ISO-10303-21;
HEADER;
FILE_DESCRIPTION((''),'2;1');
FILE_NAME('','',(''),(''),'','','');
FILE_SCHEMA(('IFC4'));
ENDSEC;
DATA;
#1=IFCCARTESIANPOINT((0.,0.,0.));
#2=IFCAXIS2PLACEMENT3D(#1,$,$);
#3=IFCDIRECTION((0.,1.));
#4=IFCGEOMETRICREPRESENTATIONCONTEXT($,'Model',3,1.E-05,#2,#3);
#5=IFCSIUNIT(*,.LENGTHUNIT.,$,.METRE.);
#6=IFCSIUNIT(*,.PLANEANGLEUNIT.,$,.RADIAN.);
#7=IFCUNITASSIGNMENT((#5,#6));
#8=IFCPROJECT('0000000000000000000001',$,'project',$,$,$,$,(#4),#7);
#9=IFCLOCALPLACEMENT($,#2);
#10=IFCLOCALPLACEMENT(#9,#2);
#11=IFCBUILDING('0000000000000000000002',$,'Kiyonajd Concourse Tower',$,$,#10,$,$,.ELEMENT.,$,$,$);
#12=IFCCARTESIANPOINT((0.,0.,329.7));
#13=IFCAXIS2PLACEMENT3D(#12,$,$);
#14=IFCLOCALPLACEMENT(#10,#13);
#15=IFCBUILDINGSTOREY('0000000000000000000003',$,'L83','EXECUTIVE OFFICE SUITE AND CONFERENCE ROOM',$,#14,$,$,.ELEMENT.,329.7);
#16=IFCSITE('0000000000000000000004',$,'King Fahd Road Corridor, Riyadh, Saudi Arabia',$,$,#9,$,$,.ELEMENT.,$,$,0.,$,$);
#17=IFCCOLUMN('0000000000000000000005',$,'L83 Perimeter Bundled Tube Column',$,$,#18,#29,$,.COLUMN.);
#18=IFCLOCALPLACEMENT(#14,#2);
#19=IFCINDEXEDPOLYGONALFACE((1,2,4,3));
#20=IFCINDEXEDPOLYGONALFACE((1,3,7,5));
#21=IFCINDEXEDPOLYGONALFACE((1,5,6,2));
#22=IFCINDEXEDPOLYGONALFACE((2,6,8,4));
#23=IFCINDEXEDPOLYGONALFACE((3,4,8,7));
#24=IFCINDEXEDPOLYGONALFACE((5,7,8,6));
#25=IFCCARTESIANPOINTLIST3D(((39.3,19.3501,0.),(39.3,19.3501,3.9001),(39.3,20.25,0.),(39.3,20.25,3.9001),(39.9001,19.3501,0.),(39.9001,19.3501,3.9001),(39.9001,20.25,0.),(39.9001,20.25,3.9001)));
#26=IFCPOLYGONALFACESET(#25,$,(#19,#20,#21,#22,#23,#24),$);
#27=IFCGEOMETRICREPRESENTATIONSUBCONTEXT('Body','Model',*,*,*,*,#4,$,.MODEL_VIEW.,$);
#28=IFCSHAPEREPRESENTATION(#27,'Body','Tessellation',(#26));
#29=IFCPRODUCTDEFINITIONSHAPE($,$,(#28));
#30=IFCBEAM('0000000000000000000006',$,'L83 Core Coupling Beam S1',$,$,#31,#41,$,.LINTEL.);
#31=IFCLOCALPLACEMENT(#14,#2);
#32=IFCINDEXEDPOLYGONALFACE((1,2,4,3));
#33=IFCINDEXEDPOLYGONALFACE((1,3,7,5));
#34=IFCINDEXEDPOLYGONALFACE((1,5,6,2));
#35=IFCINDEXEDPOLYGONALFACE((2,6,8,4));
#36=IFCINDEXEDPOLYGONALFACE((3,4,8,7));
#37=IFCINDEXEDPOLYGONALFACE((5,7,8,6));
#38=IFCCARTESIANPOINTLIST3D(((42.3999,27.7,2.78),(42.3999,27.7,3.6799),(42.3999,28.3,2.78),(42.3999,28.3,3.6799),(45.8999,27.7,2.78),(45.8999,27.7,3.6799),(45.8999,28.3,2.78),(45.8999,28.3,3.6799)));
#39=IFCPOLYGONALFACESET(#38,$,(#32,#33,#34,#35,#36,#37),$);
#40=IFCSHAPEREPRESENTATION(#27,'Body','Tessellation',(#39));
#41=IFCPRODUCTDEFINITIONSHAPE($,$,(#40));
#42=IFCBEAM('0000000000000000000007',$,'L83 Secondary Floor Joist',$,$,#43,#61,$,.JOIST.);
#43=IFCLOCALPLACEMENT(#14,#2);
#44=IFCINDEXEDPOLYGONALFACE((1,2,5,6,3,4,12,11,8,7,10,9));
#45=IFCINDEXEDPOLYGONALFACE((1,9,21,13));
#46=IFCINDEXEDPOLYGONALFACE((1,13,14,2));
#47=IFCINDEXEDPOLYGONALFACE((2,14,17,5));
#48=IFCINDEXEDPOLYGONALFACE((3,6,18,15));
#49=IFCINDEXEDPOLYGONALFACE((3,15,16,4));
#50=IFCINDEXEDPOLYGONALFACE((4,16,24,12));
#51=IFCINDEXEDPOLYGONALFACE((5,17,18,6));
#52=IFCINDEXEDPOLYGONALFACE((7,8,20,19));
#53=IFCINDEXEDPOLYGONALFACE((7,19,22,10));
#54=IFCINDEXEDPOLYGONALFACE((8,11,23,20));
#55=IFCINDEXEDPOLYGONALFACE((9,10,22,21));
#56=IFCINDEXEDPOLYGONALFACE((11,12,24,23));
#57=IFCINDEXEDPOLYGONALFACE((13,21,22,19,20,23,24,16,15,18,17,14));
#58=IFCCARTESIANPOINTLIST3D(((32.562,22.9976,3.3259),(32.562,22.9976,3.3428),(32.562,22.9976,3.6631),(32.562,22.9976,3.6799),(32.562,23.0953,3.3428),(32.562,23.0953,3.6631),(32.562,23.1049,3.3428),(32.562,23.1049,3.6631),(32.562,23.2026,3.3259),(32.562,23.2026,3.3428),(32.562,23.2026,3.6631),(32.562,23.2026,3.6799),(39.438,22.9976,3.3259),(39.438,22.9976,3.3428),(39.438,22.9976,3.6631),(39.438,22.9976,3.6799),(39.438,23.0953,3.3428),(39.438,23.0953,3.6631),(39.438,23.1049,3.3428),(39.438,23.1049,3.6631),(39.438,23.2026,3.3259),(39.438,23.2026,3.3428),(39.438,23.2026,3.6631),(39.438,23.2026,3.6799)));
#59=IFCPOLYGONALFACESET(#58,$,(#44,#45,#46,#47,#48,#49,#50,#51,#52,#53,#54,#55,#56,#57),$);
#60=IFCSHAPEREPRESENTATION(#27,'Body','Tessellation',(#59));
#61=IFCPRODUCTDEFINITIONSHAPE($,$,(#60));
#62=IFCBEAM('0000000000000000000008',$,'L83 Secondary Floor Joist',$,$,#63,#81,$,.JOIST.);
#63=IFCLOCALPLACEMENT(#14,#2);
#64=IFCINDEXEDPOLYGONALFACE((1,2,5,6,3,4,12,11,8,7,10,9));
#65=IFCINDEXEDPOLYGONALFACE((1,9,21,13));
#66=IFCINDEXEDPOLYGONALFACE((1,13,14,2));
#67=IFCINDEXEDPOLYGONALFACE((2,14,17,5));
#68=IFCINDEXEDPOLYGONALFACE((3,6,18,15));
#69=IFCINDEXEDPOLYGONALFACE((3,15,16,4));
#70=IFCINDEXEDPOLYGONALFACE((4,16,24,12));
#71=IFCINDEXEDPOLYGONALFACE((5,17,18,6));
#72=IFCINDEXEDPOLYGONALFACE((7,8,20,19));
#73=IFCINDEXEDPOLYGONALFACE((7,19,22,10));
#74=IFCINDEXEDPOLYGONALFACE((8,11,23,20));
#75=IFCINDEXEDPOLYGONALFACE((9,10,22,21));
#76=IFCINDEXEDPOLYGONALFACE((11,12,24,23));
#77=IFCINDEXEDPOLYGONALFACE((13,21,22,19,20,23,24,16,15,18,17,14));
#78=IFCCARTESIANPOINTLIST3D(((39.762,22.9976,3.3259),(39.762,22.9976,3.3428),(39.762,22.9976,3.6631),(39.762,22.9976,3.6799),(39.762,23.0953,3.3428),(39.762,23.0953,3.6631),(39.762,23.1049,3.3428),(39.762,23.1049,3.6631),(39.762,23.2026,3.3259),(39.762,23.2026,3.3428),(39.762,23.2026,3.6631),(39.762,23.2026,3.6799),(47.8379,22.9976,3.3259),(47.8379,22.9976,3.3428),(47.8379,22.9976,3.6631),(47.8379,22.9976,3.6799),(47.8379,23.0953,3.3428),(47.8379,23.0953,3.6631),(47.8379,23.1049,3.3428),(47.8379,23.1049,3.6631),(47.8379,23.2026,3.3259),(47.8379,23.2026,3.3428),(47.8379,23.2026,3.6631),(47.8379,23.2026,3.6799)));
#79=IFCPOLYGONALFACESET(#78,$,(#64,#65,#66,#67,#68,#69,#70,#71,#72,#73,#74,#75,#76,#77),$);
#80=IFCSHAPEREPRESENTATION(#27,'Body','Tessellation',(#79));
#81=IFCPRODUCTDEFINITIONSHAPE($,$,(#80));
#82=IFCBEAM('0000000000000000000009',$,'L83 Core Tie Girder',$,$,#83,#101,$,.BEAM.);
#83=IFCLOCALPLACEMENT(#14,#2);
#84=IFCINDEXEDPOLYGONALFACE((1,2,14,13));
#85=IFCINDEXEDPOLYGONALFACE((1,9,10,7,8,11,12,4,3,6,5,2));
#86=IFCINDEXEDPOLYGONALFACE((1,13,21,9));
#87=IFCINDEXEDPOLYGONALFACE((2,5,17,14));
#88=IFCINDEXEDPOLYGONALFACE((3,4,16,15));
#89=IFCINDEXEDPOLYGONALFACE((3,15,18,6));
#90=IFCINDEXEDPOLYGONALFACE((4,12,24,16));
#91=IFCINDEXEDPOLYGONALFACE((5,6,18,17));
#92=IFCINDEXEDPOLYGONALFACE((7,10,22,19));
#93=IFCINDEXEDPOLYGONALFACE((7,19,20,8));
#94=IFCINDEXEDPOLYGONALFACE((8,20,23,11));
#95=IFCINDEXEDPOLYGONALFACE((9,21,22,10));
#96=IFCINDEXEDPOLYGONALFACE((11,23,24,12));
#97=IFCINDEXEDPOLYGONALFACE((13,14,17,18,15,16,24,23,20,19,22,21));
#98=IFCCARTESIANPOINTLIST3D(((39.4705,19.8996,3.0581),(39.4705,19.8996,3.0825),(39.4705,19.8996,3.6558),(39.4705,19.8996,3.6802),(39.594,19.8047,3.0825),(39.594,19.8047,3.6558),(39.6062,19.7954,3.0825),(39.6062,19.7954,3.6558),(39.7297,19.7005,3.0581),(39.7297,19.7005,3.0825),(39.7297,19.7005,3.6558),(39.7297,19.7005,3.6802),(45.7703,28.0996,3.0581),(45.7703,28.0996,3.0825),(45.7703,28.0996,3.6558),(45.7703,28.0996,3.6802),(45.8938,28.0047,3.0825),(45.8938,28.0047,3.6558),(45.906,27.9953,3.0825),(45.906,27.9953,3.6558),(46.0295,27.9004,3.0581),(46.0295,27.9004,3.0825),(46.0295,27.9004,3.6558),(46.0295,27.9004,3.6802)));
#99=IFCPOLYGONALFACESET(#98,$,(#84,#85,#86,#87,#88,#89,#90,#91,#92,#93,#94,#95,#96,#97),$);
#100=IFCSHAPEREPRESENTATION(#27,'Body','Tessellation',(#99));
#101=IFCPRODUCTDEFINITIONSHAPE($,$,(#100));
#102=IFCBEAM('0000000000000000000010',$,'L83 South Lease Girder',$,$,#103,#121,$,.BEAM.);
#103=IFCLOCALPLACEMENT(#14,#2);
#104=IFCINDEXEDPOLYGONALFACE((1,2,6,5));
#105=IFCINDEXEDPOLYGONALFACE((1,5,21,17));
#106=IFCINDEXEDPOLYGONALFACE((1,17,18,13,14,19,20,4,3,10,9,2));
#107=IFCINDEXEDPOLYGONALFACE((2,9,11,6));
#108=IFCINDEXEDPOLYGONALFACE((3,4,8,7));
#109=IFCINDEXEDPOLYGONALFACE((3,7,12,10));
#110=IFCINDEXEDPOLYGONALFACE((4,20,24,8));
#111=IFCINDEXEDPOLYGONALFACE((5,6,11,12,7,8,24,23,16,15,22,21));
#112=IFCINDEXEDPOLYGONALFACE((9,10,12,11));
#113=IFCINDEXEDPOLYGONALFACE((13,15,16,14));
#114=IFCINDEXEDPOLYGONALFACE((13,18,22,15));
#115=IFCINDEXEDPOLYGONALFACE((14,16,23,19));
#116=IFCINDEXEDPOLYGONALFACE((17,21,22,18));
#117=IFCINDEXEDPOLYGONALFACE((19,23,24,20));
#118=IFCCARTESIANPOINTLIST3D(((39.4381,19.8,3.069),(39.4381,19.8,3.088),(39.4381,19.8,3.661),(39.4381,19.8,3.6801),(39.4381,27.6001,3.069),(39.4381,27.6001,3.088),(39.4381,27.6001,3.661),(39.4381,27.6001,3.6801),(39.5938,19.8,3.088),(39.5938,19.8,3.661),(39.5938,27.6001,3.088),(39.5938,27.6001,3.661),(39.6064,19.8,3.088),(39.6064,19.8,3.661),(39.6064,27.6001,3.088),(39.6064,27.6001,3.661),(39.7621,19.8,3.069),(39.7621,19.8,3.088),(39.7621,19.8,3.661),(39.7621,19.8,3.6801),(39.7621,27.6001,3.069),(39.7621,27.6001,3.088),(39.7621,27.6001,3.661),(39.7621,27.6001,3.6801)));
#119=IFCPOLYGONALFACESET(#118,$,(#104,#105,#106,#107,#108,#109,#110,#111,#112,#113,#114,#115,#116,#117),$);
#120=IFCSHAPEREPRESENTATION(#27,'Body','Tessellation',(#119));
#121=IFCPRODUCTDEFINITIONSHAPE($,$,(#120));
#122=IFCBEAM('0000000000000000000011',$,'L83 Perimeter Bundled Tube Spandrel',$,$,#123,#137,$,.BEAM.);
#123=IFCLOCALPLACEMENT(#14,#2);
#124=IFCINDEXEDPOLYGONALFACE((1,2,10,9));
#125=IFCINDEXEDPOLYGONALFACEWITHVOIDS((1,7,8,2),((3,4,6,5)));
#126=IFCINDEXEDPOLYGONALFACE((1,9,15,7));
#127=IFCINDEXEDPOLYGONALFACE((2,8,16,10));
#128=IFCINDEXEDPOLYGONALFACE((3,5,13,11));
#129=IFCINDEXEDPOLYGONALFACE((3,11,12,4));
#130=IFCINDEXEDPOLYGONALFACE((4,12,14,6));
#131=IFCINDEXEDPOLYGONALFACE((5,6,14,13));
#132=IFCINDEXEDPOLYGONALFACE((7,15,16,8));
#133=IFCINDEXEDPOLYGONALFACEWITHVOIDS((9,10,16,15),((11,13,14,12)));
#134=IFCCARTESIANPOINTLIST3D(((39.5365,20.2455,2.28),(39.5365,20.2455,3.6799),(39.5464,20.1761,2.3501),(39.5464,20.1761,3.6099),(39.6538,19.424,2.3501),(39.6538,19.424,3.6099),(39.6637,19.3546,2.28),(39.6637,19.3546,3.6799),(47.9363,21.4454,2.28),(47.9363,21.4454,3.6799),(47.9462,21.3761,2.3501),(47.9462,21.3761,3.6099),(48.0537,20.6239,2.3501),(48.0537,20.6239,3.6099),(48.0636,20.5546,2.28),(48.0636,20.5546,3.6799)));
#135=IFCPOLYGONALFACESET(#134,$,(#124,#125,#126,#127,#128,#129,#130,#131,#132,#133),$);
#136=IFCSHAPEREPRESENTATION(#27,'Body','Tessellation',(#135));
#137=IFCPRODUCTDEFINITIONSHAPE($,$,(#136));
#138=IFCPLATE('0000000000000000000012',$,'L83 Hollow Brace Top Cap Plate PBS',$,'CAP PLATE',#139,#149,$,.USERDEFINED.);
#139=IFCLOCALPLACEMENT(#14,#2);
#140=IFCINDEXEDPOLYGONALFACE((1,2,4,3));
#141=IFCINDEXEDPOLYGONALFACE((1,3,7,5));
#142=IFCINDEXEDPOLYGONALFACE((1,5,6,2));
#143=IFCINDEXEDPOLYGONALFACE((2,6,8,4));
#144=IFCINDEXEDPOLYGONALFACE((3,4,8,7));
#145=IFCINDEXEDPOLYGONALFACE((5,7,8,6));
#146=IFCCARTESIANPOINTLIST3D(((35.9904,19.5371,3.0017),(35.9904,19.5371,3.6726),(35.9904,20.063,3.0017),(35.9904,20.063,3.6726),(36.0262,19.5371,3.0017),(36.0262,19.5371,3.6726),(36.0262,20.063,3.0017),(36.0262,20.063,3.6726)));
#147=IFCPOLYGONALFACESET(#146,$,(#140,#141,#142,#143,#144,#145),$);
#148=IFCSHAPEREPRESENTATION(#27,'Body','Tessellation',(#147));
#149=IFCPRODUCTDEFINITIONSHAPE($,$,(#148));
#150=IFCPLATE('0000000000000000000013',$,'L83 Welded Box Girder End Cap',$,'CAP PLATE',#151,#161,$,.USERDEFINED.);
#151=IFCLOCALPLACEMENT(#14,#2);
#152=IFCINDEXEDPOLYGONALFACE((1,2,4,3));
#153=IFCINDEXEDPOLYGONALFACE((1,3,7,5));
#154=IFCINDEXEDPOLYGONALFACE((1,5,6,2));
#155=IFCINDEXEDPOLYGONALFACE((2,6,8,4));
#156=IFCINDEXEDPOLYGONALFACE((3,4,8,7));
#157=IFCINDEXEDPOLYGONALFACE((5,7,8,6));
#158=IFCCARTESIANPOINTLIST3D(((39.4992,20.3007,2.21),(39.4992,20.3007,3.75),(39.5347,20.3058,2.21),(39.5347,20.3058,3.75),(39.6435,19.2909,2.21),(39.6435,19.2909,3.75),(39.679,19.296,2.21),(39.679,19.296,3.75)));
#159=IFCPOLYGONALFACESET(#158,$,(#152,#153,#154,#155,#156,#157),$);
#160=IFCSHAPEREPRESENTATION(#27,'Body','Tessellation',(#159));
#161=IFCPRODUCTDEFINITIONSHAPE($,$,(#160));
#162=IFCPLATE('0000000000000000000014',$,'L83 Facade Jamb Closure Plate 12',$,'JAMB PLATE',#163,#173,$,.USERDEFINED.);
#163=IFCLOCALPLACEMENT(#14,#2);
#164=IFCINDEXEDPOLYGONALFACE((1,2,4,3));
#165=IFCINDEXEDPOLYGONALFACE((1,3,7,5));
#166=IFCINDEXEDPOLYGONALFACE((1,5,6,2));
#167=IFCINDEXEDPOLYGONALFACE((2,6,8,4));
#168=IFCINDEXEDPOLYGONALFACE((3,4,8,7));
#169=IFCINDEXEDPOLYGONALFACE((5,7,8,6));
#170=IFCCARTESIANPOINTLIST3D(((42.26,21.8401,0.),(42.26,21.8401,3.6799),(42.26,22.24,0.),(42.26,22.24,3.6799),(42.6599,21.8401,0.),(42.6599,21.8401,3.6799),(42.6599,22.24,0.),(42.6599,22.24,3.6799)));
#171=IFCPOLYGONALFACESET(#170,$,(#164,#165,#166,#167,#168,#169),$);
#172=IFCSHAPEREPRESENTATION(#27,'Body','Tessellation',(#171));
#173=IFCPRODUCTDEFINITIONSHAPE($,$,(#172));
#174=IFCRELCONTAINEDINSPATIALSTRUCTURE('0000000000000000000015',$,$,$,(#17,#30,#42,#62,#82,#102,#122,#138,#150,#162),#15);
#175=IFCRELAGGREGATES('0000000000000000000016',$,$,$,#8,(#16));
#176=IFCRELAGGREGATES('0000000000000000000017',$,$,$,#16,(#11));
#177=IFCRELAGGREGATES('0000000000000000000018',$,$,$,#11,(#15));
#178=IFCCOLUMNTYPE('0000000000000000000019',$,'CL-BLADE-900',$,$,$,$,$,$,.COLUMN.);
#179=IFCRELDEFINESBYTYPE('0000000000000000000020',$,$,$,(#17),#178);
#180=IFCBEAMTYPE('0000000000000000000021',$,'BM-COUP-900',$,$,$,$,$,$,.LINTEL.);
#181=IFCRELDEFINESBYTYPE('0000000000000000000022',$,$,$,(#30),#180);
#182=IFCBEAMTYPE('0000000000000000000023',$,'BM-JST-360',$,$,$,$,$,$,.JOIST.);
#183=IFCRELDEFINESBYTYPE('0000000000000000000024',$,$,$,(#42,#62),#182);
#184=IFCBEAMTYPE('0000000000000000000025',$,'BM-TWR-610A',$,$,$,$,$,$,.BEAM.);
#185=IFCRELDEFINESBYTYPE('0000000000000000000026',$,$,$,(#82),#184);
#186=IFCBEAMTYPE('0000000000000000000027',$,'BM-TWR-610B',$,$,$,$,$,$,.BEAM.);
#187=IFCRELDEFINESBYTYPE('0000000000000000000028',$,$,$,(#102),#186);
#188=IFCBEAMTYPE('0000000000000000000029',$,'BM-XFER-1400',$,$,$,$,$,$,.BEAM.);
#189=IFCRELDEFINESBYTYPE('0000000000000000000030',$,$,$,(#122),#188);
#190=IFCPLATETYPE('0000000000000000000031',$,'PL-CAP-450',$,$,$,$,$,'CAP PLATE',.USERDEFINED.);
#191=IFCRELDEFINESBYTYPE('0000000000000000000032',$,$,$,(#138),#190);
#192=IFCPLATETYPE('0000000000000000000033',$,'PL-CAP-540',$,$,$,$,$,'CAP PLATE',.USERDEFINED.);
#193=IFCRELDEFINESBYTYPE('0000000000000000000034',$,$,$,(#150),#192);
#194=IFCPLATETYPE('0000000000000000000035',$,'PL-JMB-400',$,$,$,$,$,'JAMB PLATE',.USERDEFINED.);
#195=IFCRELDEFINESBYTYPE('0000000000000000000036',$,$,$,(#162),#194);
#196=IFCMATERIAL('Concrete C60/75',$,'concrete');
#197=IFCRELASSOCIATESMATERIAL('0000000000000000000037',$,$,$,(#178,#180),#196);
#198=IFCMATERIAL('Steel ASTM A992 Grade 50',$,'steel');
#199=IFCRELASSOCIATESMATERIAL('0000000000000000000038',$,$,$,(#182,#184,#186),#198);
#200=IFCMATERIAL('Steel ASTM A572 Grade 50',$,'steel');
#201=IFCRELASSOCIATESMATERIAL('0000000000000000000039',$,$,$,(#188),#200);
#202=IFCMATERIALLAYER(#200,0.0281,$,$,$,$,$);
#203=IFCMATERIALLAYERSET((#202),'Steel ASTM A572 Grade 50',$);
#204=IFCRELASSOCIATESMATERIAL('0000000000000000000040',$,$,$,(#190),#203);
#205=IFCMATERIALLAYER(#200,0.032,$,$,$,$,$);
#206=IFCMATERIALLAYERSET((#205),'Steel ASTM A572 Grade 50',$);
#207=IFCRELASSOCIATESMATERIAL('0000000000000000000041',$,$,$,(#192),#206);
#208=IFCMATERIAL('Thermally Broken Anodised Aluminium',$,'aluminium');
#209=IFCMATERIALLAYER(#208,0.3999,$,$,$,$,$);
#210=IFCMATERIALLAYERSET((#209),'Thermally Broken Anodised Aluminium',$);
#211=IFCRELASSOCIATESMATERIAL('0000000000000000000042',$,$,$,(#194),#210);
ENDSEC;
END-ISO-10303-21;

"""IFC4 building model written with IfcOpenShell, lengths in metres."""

from ifc_helpers import new_model, si_unit, direction, frame, origin, origin_2d, place, context, subcontext, project, spatial, rectangle, hollow_rectangle, i_section, extrude, material, layer, layer_set, material_profile, profile_set, type_object, element, save


model = new_model("IFC4")

# Units and contexts
model_context = context("Model", 3, precision=1e-05, world=origin(), true_north=direction((0.0, 1.0)))
body_context = subcontext(model_context, "Body", "Model", "MODEL_VIEW")
ifc_project = project(units=[si_unit("LENGTHUNIT", "METRE"), si_unit("PLANEANGLEUNIT", "RADIAN")], contexts=[model_context])

# Site, building, storey
site_placement = place(None, origin())
site = spatial("IfcSite", under=ifc_project, at=site_placement, Name="King Fahd Road Corridor, Riyadh, Saudi Arabia", CompositionType="ELEMENT", RefElevation=0.0)
building_placement = place(site_placement, origin())
building = spatial("IfcBuilding", under=site, at=building_placement, Name="Kiyonajd Concourse Tower", CompositionType="ELEMENT")
storey_placement = place(building_placement, frame((0.0, 0.0, 329.7)))
storey = spatial("IfcBuildingStorey", under=building, at=storey_placement, Name="L83", Description="EXECUTIVE OFFICE SUITE AND CONFERENCE ROOM", CompositionType="ELEMENT", Elevation=329.7)

# Column
ifc_material_1 = material(Name="Concrete C60/75", Category="concrete")
ifc_material_profile_1 = material_profile(ifc_material_1, rectangle(XDim=0.6001, YDim=0.8999, at=origin_2d()), Name="RC-900x600")
ifc_profile_set_1 = profile_set([ifc_material_profile_1], Name="Concrete C60/75")
column_type = type_object("IfcColumnType", Name="CL-BLADE-900", PredefinedType="COLUMN", material=ifc_profile_set_1)
column_placement = place(storey_placement, frame((39.6001, 19.8, 0.0), z_axis=(0.0, 0.0, 1.0), x_axis=(1.0, 0.0, 0.0)))
element("IfcColumn", 1, at=column_placement, inside=storey, type_object=column_type, Name="L83 Perimeter Bundled Tube Column", PredefinedType="COLUMN", context=body_context, shape_type="SweptSolid", body=[
    extrude(rectangle(XDim=0.6001, YDim=0.8999, at=origin_2d()), origin(), (0.0, 0.0, 1.0), 3.9001),
])

# Beams
ifc_material_profile_2 = material_profile(ifc_material_1, rectangle(XDim=0.6001, YDim=0.8999, at=origin_2d()), Name="RCBM-600x900")
ifc_profile_set_2 = profile_set([ifc_material_profile_2], Name="Concrete C60/75")
beam_type_1 = type_object("IfcBeamType", Name="BM-COUP-900", PredefinedType="LINTEL", material=ifc_profile_set_2)
beam_1_placement = place(storey_placement, frame((42.3999, 28.0, 3.23), z_axis=(1.0, 0.0, 0.0), x_axis=(0.0, 1.0, 0.0)))
element("IfcBeam", 2, at=beam_1_placement, inside=storey, type_object=beam_type_1, Name="L83 Core Coupling Beam S1", PredefinedType="LINTEL", context=body_context, shape_type="SweptSolid", body=[
    extrude(rectangle(XDim=0.6001, YDim=0.8999, at=origin_2d()), origin(), (0.0, 0.0, 1.0), 3.5),
])
ifc_material_2 = material(Name="Steel ASTM A992 Grade 50", Category="steel")
ifc_material_profile_3 = material_profile(ifc_material_2, i_section(OverallWidth=0.2051, OverallDepth=0.354, WebThickness=0.0095, FlangeThickness=0.0168, at=origin_2d()), Name="W360X79")
ifc_profile_set_3 = profile_set([ifc_material_profile_3], Name="Steel ASTM A992 Grade 50")
beam_type_2 = type_object("IfcBeamType", Name="BM-JST-360", PredefinedType="JOIST", material=ifc_profile_set_3)
beam_2_placement = place(storey_placement, frame((32.562, 23.1001, 3.5029), z_axis=(1.0, 0.0, 0.0), x_axis=(0.0, 1.0, 0.0)))
element("IfcBeam", 3, at=beam_2_placement, inside=storey, type_object=beam_type_2, Name="L83 Secondary Floor Joist", PredefinedType="JOIST", context=body_context, shape_type="SweptSolid", body=[
    extrude(i_section(OverallWidth=0.2051, OverallDepth=0.354, WebThickness=0.0095, FlangeThickness=0.0168, at=origin_2d()), origin(), (0.0, 0.0, 1.0), 6.876),
])
beam_3_placement = place(storey_placement, frame((39.762, 23.1001, 3.5029), z_axis=(1.0, 0.0, 0.0), x_axis=(0.0, 1.0, 0.0)))
element("IfcBeam", 4, at=beam_3_placement, inside=storey, type_object=beam_type_2, Name="L83 Secondary Floor Joist", PredefinedType="JOIST", context=body_context, shape_type="SweptSolid", body=[
    extrude(i_section(OverallWidth=0.2051, OverallDepth=0.354, WebThickness=0.0095, FlangeThickness=0.0168, at=origin_2d()), origin(), (0.0, 0.0, 1.0), 8.0759),
])
ifc_material_profile_4 = material_profile(ifc_material_2, i_section(OverallWidth=0.3269, OverallDepth=0.6221, WebThickness=0.0154, FlangeThickness=0.0244, at=origin_2d()), Name="W610X195")
ifc_profile_set_4 = profile_set([ifc_material_profile_4], Name="Steel ASTM A992 Grade 50")
beam_type_3 = type_object("IfcBeamType", Name="BM-TWR-610A", PredefinedType="BEAM", material=ifc_profile_set_4)
beam_4_placement = place(storey_placement, frame((39.6001, 19.8, 3.3691), z_axis=(0.609234, 0.792991, 0.0), x_axis=(-0.792991, 0.609234, 0.0)))
element("IfcBeam", 5, at=beam_4_placement, inside=storey, type_object=beam_type_3, Name="L83 Core Tie Girder", PredefinedType="BEAM", context=body_context, shape_type="SweptSolid", body=[
    extrude(i_section(OverallWidth=0.3269, OverallDepth=0.6221, WebThickness=0.0154, FlangeThickness=0.0244, at=origin_2d()), origin(), (0.0, 0.0, 1.0), 10.3406),
])
ifc_material_profile_5 = material_profile(ifc_material_2, i_section(OverallWidth=0.324, OverallDepth=0.6111, WebThickness=0.0127, FlangeThickness=0.019, at=origin_2d()), Name="W610X155")
ifc_profile_set_5 = profile_set([ifc_material_profile_5], Name="Steel ASTM A992 Grade 50")
beam_type_4 = type_object("IfcBeamType", Name="BM-TWR-610B", PredefinedType="BEAM", material=ifc_profile_set_5)
beam_5_placement = place(storey_placement, frame((39.6001, 19.8, 3.3745), z_axis=(0.0, 1.0, 0.0), x_axis=(-1.0, 0.0, 0.0)))
element("IfcBeam", 6, at=beam_5_placement, inside=storey, type_object=beam_type_4, Name="L83 South Lease Girder", PredefinedType="BEAM", context=body_context, shape_type="SweptSolid", body=[
    extrude(i_section(OverallWidth=0.324, OverallDepth=0.6111, WebThickness=0.0127, FlangeThickness=0.019, at=origin_2d()), origin(), (0.0, 0.0, 1.0), 7.8),
])
ifc_material_3 = material(Name="Steel ASTM A572 Grade 50", Category="steel")
ifc_material_profile_6 = material_profile(ifc_material_3, hollow_rectangle(XDim=0.8999, YDim=1.3999, WallThickness=0.0701, at=origin_2d()), Name="BOX-1400x900x70")
ifc_profile_set_6 = profile_set([ifc_material_profile_6], Name="Steel ASTM A572 Grade 50")
beam_type_5 = type_object("IfcBeamType", Name="BM-XFER-1400", PredefinedType="BEAM", material=ifc_profile_set_6)
beam_6_placement = place(storey_placement, frame((39.6001, 19.8, 2.98), z_axis=(0.98995, 0.141417, 0.0), x_axis=(-0.141417, 0.98995, 0.0)))
element("IfcBeam", 7, at=beam_6_placement, inside=storey, type_object=beam_type_5, Name="L83 Perimeter Bundled Tube Spandrel", PredefinedType="BEAM", context=body_context, shape_type="SweptSolid", body=[
    extrude(hollow_rectangle(XDim=0.8999, YDim=1.3999, WallThickness=0.0701, at=origin_2d()), origin(), (0.0, 0.0, 1.0), 8.4851),
])

# Plates
ifc_layer_1 = layer(ifc_material_3, 0.0281)
ifc_layer_set_1 = layer_set([ifc_layer_1], Name="Steel ASTM A572 Grade 50")
plate_type_1 = type_object("IfcPlateType", Name="PL-CAP-450", ElementType="CAP PLATE", PredefinedType="USERDEFINED", material=ifc_layer_set_1)
plate_1_placement = place(storey_placement, frame((36.0083, 19.8, 3.0017), z_axis=(0.0, 0.0, 1.0), x_axis=(1.0, 0.0, 0.0)))
element("IfcPlate", 8, at=plate_1_placement, inside=storey, type_object=plate_type_1, Name="L83 Hollow Brace Top Cap Plate PBS", ObjectType="CAP PLATE", PredefinedType="USERDEFINED", context=body_context, shape_type="SweptSolid", body=[
    extrude(rectangle(XDim=0.0359, YDim=0.5259, at=origin_2d()), origin(), (0.0, 0.0, 1.0), 0.6709),
])
ifc_layer_2 = layer(ifc_material_3, 0.032)
ifc_layer_set_2 = layer_set([ifc_layer_2], Name="Steel ASTM A572 Grade 50")
plate_type_2 = type_object("IfcPlateType", Name="PL-CAP-540", ElementType="CAP PLATE", PredefinedType="USERDEFINED", material=ifc_layer_set_2)
plate_2_placement = place(storey_placement, frame((39.5891, 19.7983, 2.21), z_axis=(0.0, 0.0, 1.0), x_axis=(-0.98995, -0.14142, 0.0)))
element("IfcPlate", 9, at=plate_2_placement, inside=storey, type_object=plate_type_2, Name="L83 Welded Box Girder End Cap", ObjectType="CAP PLATE", PredefinedType="USERDEFINED", context=body_context, shape_type="SweptSolid", body=[
    extrude(rectangle(XDim=0.0359, YDim=1.02, at=origin_2d()), origin(), (0.0, 0.0, 1.0), 1.54),
])
ifc_material_4 = material(Name="Thermally Broken Anodised Aluminium", Category="aluminium")
ifc_layer_3 = layer(ifc_material_4, 0.3999)
ifc_layer_set_3 = layer_set([ifc_layer_3], Name="Thermally Broken Anodised Aluminium")
plate_type_3 = type_object("IfcPlateType", Name="PL-JMB-400", ElementType="JAMB PLATE", PredefinedType="USERDEFINED", material=ifc_layer_set_3)
plate_3_placement = place(storey_placement, frame((42.46, 22.04, 0.0), z_axis=(0.0, 0.0, 1.0), x_axis=(1.0, 0.0, 0.0)))
element("IfcPlate", 10, at=plate_3_placement, inside=storey, type_object=plate_type_3, Name="L83 Facade Jamb Closure Plate 12", ObjectType="JAMB PLATE", PredefinedType="USERDEFINED", context=body_context, shape_type="SweptSolid", body=[
    extrude(rectangle(XDim=0.3999, YDim=0.3999, at=origin_2d()), origin(), (0.0, 0.0, 1.0), 3.6799),
])

save(model, "model.ifc")
